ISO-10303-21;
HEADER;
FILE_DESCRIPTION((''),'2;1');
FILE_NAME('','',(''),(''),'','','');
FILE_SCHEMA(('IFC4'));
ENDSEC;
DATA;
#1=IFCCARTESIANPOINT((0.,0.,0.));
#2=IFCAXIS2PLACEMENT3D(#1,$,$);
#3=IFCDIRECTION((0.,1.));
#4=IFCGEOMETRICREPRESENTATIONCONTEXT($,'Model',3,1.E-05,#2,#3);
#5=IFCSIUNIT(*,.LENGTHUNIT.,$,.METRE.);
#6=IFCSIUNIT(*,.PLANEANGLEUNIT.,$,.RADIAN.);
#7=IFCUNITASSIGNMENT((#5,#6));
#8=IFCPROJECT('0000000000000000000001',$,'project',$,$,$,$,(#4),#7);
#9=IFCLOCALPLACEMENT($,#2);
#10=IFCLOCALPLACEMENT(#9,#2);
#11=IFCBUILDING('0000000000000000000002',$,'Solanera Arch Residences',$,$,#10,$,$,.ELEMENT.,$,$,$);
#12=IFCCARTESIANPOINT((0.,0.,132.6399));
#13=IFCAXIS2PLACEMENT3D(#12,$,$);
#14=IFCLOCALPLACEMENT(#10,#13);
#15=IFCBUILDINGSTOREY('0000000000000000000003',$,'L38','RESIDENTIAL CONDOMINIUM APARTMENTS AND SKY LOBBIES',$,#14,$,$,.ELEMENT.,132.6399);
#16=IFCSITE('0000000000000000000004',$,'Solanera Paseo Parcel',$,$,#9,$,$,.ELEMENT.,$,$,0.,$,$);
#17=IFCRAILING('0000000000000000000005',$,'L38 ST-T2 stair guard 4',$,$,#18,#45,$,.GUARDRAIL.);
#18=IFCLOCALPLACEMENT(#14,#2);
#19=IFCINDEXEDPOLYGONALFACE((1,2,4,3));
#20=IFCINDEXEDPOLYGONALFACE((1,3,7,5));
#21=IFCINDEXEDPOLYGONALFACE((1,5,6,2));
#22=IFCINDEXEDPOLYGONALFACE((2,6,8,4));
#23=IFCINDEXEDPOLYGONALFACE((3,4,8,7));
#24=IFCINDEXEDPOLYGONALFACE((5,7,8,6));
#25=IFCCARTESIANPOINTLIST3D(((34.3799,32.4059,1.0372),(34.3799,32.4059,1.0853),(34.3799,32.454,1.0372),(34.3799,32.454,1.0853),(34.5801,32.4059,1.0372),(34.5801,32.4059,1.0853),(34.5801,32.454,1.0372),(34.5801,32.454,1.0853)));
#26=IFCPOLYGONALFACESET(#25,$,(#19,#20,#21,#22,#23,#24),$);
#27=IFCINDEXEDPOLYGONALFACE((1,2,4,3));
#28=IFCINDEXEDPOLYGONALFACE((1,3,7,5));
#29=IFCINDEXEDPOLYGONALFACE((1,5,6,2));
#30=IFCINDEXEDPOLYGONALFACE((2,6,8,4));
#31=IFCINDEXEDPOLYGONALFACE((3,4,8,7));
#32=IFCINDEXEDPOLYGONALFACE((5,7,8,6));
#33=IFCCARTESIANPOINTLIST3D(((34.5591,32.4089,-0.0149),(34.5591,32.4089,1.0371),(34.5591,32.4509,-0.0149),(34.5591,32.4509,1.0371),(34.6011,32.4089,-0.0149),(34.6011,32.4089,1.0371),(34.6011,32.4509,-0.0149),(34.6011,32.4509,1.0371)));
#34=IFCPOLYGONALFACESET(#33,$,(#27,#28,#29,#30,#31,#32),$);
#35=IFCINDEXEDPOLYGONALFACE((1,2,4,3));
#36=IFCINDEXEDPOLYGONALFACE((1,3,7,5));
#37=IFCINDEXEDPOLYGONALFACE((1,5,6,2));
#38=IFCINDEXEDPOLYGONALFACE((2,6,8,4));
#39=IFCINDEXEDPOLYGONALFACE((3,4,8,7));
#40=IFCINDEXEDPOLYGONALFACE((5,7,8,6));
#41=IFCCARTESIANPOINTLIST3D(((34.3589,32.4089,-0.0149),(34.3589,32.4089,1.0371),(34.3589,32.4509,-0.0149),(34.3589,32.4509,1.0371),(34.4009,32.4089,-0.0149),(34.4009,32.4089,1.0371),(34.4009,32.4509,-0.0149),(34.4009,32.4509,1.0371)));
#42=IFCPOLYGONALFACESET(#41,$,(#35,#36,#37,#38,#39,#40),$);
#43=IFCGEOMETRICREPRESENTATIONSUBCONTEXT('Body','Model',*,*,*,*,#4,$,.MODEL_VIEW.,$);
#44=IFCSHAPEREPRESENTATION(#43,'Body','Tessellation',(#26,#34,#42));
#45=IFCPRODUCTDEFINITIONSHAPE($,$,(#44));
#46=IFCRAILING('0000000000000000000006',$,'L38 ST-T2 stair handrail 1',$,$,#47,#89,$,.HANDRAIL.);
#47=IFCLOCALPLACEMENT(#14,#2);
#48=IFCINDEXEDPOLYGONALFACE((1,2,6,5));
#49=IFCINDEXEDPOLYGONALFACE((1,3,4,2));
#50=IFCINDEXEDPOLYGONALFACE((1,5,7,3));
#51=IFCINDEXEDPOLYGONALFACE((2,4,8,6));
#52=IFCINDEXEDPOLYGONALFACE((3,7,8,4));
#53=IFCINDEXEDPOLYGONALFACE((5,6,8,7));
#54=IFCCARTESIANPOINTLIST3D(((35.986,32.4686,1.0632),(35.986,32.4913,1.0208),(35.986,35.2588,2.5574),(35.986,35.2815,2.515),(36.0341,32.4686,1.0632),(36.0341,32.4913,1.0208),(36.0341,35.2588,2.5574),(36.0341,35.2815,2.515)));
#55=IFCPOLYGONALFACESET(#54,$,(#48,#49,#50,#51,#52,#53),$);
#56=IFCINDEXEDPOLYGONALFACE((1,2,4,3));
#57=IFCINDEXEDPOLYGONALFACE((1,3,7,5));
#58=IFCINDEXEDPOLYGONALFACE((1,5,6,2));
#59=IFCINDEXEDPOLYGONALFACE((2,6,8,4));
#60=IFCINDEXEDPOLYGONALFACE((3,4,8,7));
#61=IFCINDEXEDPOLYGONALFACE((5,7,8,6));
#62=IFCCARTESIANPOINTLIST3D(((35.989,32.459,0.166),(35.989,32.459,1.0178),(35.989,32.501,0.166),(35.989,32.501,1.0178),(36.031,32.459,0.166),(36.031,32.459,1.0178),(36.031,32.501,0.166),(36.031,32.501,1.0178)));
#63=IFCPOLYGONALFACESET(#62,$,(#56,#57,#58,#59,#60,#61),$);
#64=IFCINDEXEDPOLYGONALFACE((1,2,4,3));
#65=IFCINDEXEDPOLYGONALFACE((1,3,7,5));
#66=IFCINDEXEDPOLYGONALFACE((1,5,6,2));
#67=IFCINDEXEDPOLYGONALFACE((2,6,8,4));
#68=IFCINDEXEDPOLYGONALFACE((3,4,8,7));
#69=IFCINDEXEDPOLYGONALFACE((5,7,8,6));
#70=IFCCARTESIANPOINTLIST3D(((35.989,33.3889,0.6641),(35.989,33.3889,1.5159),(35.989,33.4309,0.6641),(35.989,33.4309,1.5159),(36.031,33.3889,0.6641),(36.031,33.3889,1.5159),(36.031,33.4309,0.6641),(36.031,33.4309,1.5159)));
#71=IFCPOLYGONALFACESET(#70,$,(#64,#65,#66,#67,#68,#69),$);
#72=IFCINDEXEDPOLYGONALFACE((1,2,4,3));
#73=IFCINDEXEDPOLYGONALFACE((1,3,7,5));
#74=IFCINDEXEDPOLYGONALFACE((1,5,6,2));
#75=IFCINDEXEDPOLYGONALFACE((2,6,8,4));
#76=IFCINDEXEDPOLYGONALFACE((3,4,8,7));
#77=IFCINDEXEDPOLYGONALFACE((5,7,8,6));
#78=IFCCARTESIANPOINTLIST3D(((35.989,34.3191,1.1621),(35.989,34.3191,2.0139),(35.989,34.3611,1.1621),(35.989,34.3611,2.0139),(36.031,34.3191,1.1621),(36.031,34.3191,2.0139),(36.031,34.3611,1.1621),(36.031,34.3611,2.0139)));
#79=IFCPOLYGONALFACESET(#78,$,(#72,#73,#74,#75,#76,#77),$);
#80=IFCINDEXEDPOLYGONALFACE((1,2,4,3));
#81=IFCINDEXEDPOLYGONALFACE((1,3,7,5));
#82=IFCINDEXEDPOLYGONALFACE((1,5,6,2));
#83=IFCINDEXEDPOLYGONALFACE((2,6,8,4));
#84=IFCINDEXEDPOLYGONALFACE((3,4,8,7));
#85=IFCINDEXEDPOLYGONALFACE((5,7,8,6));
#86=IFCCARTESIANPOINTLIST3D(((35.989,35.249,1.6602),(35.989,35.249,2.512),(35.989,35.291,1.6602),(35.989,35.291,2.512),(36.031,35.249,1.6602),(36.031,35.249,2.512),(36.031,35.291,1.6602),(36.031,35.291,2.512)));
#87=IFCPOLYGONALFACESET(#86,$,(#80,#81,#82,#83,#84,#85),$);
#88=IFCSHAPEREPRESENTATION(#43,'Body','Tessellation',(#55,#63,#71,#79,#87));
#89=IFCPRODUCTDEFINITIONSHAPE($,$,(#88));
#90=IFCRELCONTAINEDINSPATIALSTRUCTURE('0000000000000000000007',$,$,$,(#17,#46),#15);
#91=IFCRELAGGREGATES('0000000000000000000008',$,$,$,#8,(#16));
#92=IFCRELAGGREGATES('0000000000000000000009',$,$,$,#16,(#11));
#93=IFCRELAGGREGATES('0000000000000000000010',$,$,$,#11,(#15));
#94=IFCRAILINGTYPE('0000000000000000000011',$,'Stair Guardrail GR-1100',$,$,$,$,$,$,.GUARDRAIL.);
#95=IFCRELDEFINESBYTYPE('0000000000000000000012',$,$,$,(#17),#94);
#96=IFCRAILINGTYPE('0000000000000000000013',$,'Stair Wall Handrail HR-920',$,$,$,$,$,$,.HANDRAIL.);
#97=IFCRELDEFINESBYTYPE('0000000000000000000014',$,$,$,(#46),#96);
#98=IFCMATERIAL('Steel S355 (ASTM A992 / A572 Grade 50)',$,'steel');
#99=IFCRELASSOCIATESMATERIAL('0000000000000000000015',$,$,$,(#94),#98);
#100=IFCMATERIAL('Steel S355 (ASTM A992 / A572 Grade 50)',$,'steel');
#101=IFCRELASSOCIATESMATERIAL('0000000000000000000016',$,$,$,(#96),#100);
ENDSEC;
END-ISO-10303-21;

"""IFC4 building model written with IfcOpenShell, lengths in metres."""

from ifc_helpers import new_model, si_unit, direction, frame, origin, origin_2d, place, context, subcontext, project, spatial, rectangle, extrude, material, type_object, element, save


model = new_model("IFC4")

# Units and contexts
model_context = context("Model", 3, precision=1e-05, world=origin(), true_north=direction((0.0, 1.0)))
body_context = subcontext(model_context, "Body", "Model", "MODEL_VIEW")
ifc_project = project(units=[si_unit("LENGTHUNIT", "METRE"), si_unit("PLANEANGLEUNIT", "RADIAN")], contexts=[model_context])

# Site, building, storey
site_placement = place(None, origin())
site = spatial("IfcSite", under=ifc_project, at=site_placement, Name="Solanera Paseo Parcel", CompositionType="ELEMENT", RefElevation=0.0)
building_placement = place(site_placement, origin())
building = spatial("IfcBuilding", under=site, at=building_placement, Name="Solanera Arch Residences", CompositionType="ELEMENT")
storey_placement = place(building_placement, frame((0.0, 0.0, 132.6399)))
storey = spatial("IfcBuildingStorey", under=building, at=storey_placement, Name="L38", Description="RESIDENTIAL CONDOMINIUM APARTMENTS AND SKY LOBBIES", CompositionType="ELEMENT", Elevation=132.6399)

# Railings
ifc_material_1 = material(Name="Steel S355 (ASTM A992 / A572 Grade 50)", Category="steel")
railing_type_1 = type_object("IfcRailingType", Name="Stair Guardrail GR-1100", PredefinedType="GUARDRAIL", material=ifc_material_1)
for number, where, name in (
    (1, (34.5801, 32.4299, -0.0149), "L38 ST-T2 stair guard 4"),
):
    element("IfcRailing", number, at=place(storey_placement, frame(where)), inside=storey, type_object=railing_type_1, Name=name, PredefinedType="GUARDRAIL", context=body_context, shape_type="SweptSolid", body=[
        extrude(rectangle(XDim=0.0481, YDim=0.0481, at=origin_2d()), frame((0.0, 0.0, 1.0762), z_axis=(-1.0, 0.0, 0.0), x_axis=(0.0, -1.0, 0.0)), (0.0, 0.0, 1.0), 0.2002),
        extrude(rectangle(XDim=0.042, YDim=0.042, at=origin_2d()), origin(), (0.0, 0.0, 1.0), 1.052),
        extrude(rectangle(XDim=0.042, YDim=0.042, at=origin_2d()), frame((-0.2002, 0.0, 0.0)), (0.0, 0.0, 1.0), 1.052),
    ])
ifc_material_2 = material(Name="Steel S355 (ASTM A992 / A572 Grade 50)", Category="steel")
railing_type_2 = type_object("IfcRailingType", Name="Stair Wall Handrail HR-920", PredefinedType="HANDRAIL", material=ifc_material_2)
railing_1_placement = place(storey_placement, frame((36.01, 32.48, 0.166)))
element("IfcRailing", 2, at=railing_1_placement, inside=storey, type_object=railing_type_2, Name="L38 ST-T2 stair handrail 1", PredefinedType="HANDRAIL", context=body_context, shape_type="SweptSolid", body=[
    extrude(rectangle(XDim=0.0481, YDim=0.0481, at=origin_2d()), frame((0.0, 0.0, 0.876), z_axis=(0.0, 0.881549, 0.472093), x_axis=(-1.0, 0.0, 0.0)), (0.0, 0.0, 1.0), 3.165),
    extrude(rectangle(XDim=0.042, YDim=0.042, at=origin_2d()), origin(), (0.0, 0.0, 1.0), 0.8518),
    extrude(rectangle(XDim=0.042, YDim=0.042, at=origin_2d()), frame((0.0, 0.9299, 0.498)), (0.0, 0.0, 1.0), 0.8518),
    extrude(rectangle(XDim=0.042, YDim=0.042, at=origin_2d()), frame((0.0, 1.8601, 0.9961)), (0.0, 0.0, 1.0), 0.8518),
    extrude(rectangle(XDim=0.042, YDim=0.042, at=origin_2d()), frame((0.0, 2.79, 1.4941)), (0.0, 0.0, 1.0), 0.8518),
])

save(model, "model.ifc")
